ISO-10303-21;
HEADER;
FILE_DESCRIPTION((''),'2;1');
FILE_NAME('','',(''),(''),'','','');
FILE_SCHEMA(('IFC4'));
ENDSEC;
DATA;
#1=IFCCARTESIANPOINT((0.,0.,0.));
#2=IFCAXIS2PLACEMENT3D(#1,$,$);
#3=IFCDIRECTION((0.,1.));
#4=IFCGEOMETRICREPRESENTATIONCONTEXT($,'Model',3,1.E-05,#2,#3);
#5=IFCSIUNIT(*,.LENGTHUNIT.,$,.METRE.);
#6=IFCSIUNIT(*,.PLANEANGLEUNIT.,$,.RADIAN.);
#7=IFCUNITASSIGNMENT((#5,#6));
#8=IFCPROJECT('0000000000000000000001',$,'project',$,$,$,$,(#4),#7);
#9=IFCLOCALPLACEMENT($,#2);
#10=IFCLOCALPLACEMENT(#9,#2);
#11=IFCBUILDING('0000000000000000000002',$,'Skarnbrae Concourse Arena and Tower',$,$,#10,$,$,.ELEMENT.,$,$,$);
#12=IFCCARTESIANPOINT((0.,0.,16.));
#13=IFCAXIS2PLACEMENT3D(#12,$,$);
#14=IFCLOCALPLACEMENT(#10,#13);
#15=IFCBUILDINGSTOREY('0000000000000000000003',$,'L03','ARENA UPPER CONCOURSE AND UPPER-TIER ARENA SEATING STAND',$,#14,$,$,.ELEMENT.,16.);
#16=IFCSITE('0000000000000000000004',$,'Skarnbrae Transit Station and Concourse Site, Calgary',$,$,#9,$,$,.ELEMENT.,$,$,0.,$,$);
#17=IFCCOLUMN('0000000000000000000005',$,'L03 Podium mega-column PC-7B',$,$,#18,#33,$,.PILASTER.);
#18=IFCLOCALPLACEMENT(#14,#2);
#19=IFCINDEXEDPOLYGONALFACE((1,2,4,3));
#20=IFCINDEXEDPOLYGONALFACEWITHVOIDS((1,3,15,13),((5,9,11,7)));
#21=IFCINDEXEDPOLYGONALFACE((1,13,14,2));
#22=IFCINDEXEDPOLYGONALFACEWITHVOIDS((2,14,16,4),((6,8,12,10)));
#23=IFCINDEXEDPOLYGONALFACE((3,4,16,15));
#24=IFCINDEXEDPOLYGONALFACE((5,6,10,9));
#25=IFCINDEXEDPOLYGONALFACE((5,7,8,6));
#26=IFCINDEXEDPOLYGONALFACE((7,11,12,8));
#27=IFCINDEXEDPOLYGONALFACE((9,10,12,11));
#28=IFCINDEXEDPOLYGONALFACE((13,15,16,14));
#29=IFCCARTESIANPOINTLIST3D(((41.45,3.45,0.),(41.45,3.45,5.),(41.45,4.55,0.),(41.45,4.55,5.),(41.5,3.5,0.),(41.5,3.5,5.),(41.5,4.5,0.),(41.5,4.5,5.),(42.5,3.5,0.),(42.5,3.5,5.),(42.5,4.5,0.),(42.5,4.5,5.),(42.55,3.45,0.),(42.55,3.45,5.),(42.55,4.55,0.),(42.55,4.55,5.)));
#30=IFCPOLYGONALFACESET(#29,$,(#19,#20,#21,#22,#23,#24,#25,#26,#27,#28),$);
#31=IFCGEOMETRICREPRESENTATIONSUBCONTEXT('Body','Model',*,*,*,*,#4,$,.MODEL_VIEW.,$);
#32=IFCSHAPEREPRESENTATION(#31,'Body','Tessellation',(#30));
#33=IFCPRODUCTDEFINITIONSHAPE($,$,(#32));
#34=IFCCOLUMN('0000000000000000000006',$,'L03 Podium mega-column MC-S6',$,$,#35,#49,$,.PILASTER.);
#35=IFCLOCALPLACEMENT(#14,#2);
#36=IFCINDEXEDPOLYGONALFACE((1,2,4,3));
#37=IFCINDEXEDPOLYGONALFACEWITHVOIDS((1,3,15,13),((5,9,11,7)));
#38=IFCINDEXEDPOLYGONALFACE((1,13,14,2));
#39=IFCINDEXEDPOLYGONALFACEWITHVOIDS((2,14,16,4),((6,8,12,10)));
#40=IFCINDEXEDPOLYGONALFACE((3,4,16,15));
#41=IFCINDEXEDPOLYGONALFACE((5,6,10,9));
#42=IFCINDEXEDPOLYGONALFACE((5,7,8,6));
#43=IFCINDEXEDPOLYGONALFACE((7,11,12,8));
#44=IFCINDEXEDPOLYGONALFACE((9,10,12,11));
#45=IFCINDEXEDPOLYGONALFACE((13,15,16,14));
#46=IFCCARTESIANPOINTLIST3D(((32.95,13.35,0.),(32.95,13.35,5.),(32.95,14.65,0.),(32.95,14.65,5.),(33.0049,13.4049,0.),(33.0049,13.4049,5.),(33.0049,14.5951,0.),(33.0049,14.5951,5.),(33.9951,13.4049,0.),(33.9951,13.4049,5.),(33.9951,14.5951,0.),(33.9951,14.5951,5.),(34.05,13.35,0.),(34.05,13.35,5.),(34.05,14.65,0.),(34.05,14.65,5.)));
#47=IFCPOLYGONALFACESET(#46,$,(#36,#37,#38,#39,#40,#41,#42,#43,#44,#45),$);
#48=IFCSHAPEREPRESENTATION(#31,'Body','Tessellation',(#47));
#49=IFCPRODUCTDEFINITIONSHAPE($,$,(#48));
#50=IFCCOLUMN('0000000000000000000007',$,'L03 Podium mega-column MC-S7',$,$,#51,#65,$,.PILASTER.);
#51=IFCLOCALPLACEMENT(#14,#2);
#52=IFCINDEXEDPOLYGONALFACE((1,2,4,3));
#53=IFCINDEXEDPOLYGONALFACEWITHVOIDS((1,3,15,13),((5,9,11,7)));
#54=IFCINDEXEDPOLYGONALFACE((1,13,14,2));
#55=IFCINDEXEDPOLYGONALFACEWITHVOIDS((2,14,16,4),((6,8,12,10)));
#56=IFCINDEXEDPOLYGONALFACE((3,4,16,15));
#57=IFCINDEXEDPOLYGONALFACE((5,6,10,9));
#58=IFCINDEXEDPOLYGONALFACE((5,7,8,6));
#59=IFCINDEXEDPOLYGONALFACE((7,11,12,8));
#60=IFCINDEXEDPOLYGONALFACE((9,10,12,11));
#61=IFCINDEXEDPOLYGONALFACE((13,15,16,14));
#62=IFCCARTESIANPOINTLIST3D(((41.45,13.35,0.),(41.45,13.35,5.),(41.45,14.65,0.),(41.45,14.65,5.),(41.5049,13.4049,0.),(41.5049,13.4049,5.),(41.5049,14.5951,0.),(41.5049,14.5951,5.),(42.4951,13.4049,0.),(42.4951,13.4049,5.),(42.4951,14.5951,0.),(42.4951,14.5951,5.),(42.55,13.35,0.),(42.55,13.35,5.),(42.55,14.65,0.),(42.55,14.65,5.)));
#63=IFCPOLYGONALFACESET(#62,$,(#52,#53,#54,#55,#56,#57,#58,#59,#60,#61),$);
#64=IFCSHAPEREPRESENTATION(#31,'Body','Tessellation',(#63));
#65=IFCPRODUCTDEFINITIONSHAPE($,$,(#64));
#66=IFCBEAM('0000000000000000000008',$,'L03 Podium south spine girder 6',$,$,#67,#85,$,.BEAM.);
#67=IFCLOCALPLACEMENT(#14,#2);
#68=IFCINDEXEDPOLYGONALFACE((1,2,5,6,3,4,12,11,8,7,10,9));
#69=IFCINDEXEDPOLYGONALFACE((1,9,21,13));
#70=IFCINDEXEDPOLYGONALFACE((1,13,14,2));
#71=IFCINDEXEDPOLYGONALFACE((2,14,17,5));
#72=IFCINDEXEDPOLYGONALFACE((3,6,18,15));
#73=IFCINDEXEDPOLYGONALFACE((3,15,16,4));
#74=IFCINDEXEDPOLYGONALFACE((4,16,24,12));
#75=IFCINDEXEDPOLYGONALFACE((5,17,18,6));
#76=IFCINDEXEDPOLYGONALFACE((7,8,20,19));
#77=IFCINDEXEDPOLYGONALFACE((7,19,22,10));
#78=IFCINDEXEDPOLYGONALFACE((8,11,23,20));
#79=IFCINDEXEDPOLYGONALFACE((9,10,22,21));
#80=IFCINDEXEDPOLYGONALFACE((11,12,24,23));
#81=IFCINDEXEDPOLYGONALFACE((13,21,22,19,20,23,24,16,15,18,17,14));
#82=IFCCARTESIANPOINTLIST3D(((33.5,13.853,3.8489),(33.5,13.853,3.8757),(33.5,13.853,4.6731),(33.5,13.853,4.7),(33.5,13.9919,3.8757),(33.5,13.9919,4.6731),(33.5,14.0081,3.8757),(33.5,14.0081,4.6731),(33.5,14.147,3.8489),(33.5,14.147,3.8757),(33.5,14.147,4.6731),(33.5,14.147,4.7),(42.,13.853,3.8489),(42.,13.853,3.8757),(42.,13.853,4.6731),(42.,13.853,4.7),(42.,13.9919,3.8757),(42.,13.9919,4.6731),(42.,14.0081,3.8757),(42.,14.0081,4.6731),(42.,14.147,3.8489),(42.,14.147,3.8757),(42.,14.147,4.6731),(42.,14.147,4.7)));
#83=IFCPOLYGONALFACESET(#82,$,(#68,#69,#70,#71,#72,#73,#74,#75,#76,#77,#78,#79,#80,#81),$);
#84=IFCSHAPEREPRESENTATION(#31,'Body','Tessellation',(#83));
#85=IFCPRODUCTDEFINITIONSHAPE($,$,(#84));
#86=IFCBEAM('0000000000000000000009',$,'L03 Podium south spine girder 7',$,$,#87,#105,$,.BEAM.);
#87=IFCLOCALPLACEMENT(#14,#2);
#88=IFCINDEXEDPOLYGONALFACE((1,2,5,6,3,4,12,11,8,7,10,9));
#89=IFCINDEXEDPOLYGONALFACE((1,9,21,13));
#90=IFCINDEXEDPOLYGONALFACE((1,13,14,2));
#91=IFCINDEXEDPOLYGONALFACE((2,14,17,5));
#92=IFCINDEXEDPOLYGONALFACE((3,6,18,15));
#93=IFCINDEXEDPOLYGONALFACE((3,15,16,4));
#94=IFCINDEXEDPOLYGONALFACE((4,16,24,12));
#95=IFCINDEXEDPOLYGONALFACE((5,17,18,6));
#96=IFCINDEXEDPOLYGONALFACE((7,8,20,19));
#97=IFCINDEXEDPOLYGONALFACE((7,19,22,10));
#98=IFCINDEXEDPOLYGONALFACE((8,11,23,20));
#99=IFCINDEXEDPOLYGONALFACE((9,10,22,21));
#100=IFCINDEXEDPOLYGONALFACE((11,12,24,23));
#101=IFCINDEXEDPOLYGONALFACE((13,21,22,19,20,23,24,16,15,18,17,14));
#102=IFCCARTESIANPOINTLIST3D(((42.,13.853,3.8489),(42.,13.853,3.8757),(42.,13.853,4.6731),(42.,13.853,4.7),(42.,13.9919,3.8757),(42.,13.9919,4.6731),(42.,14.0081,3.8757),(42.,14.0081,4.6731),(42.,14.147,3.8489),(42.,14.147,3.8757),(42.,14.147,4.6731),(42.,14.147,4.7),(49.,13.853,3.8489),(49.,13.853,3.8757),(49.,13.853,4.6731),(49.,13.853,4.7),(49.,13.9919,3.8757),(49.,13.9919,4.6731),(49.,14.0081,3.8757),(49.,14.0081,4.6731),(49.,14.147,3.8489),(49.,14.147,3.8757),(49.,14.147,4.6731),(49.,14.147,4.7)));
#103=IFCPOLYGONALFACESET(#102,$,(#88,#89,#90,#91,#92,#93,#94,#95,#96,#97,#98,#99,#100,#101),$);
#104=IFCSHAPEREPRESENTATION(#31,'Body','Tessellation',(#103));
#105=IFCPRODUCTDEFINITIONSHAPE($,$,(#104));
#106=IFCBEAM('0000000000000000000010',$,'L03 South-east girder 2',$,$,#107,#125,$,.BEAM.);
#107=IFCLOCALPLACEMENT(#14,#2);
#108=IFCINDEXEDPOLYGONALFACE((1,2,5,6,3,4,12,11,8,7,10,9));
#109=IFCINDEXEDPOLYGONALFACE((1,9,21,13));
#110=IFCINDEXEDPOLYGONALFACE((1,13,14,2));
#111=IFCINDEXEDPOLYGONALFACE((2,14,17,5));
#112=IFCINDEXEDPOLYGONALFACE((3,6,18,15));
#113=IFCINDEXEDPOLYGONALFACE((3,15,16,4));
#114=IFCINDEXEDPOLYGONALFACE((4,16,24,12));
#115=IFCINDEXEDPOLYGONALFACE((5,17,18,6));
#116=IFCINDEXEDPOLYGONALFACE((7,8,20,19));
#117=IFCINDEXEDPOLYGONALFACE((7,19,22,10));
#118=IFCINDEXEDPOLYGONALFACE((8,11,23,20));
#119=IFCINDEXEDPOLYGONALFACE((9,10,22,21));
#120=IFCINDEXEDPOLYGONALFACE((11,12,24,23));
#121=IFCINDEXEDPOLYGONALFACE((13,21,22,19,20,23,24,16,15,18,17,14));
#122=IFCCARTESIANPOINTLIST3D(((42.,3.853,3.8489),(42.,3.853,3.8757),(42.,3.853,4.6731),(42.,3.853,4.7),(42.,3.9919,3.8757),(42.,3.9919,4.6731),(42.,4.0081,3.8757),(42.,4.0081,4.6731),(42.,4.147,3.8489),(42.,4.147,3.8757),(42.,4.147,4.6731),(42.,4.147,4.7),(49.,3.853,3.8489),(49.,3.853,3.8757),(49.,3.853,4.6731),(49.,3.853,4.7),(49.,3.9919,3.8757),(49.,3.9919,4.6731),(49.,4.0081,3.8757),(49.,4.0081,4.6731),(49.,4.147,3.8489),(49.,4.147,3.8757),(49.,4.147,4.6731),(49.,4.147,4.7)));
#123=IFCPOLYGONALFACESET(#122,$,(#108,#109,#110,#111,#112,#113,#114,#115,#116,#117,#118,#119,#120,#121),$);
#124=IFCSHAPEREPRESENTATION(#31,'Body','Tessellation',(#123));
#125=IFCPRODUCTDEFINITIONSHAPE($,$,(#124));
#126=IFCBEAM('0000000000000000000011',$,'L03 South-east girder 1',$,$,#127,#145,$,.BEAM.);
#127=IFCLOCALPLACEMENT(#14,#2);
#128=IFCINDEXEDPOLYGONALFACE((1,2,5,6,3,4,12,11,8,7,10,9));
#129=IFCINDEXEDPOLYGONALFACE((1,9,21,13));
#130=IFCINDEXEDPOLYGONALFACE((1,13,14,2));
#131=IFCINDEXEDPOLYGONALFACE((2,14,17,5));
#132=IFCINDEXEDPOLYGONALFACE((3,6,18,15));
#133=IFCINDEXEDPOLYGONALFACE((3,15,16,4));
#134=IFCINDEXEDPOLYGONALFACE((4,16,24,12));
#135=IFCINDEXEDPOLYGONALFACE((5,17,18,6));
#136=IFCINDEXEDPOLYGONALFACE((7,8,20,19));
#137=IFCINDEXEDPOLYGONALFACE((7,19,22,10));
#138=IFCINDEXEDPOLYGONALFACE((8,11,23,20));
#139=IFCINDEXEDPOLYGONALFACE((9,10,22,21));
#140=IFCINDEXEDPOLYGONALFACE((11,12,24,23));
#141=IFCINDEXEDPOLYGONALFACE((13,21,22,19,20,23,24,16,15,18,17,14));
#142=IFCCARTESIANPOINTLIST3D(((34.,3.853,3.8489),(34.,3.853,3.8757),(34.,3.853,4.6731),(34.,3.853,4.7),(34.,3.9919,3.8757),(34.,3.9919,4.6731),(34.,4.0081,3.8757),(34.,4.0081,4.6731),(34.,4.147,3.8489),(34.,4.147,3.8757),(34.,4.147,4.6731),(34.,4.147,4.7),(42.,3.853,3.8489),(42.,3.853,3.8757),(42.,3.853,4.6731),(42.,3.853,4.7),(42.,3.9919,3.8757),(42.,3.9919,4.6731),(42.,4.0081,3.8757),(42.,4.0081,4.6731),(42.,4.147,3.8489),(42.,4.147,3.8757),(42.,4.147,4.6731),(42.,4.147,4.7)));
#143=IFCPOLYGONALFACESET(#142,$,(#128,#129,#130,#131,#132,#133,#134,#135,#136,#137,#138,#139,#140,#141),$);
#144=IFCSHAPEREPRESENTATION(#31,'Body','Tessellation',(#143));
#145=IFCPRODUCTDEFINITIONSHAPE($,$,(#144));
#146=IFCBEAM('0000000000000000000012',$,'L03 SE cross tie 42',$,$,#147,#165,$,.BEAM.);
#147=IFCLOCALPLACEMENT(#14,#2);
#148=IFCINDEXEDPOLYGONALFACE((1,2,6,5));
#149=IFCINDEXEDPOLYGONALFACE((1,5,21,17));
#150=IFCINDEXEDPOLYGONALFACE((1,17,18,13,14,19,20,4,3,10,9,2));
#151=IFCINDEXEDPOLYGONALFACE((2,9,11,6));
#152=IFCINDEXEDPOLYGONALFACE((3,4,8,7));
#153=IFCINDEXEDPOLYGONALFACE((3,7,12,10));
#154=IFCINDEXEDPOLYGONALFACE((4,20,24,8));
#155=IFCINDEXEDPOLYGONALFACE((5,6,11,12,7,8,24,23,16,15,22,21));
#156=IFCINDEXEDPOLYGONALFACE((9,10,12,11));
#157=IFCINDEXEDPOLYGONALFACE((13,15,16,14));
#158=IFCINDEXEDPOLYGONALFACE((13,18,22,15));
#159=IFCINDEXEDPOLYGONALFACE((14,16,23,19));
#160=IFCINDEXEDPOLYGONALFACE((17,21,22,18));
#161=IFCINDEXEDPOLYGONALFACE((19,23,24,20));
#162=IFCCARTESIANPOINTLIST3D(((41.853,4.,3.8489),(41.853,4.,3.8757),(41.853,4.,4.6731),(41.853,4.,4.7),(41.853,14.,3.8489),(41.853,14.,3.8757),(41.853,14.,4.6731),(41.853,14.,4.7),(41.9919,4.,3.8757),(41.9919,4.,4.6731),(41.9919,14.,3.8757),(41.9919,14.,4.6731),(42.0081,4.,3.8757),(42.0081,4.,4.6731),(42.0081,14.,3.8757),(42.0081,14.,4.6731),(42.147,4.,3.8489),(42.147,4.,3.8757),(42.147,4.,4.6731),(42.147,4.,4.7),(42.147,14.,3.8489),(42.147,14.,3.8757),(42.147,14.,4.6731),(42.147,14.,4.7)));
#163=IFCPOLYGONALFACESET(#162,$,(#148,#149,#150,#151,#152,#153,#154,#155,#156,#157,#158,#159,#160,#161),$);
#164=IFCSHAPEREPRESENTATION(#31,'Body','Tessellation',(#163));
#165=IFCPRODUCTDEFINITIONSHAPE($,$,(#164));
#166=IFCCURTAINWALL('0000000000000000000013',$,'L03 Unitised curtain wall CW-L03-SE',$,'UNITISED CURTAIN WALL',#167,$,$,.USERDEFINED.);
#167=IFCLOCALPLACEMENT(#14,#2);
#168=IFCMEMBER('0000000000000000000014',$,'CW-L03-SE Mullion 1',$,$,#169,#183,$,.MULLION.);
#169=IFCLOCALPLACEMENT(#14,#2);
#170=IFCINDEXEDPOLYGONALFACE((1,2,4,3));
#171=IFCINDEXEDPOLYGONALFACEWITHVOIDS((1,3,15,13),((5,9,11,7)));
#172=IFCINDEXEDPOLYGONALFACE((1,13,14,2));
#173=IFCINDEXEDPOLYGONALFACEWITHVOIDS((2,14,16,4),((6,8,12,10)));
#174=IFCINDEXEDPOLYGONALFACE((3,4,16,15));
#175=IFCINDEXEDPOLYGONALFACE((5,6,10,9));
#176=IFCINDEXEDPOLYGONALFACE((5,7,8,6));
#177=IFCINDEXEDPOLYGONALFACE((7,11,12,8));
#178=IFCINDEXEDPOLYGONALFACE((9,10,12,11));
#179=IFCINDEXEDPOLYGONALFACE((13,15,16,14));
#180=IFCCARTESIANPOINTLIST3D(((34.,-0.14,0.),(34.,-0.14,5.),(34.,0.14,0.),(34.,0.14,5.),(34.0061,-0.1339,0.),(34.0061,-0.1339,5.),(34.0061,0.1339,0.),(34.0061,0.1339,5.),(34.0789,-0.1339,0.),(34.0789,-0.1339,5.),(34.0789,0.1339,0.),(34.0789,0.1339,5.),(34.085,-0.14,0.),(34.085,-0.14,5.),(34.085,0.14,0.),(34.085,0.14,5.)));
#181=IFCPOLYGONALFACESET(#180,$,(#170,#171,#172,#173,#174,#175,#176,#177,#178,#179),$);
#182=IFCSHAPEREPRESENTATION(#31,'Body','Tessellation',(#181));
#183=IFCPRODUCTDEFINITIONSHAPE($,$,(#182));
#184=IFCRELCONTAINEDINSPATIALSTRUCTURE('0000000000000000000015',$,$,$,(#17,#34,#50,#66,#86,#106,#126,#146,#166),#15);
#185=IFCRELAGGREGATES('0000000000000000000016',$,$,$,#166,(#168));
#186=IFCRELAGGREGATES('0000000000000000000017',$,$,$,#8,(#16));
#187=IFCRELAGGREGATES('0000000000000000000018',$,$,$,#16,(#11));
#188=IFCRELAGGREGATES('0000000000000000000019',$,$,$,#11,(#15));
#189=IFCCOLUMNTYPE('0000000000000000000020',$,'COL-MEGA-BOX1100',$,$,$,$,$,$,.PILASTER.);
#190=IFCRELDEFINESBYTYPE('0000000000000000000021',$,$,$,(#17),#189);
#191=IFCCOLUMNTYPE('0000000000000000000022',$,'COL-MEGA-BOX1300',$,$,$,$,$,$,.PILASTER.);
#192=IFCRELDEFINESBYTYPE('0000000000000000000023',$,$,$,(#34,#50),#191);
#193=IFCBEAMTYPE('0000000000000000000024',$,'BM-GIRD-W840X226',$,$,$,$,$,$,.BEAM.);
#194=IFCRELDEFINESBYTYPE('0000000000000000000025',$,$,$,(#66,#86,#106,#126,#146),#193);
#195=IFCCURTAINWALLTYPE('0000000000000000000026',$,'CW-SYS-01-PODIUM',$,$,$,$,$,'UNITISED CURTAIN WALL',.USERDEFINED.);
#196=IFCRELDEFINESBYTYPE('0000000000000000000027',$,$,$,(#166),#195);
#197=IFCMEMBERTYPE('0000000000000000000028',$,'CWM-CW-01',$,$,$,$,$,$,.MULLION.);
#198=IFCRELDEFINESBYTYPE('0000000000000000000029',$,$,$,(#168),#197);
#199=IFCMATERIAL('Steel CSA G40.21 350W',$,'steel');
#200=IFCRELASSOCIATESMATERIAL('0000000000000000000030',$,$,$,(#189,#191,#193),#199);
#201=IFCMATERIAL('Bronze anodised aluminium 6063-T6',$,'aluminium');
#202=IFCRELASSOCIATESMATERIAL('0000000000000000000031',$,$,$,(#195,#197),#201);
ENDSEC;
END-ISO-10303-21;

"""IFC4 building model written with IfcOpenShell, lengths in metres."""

from ifc_helpers import new_model, si_unit, direction, frame, origin, origin_2d, place, context, subcontext, project, spatial, hollow_rectangle, i_section, extrude, source, transform, mapped, material, material_profile, profile_set, type_object, element, aggregate, save


model = new_model("IFC4")

# Units and contexts
model_context = context("Model", 3, precision=1e-05, world=origin(), true_north=direction((0.0, 1.0)))
body_context = subcontext(model_context, "Body", "Model", "MODEL_VIEW")
ifc_project = project(units=[si_unit("LENGTHUNIT", "METRE"), si_unit("PLANEANGLEUNIT", "RADIAN")], contexts=[model_context])

# Site, building, storey
site_placement = place(None, origin())
site = spatial("IfcSite", under=ifc_project, at=site_placement, Name="Skarnbrae Transit Station and Concourse Site, Calgary", CompositionType="ELEMENT", RefElevation=0.0)
building_placement = place(site_placement, origin())
building = spatial("IfcBuilding", under=site, at=building_placement, Name="Skarnbrae Concourse Arena and Tower", CompositionType="ELEMENT")
storey_placement = place(building_placement, frame((0.0, 0.0, 16.0)))
storey = spatial("IfcBuildingStorey", under=building, at=storey_placement, Name="L03", Description="ARENA UPPER CONCOURSE AND UPPER-TIER ARENA SEATING STAND", CompositionType="ELEMENT", Elevation=16.0)

# Columns
ifc_material_1 = material(Name="Steel CSA G40.21 350W", Category="steel")
ifc_material_profile_1 = material_profile(ifc_material_1, hollow_rectangle(XDim=1.1001, YDim=1.1001, WallThickness=0.05, at=origin_2d()), Name="BOX1100X1100X50")
ifc_profile_set_1 = profile_set([ifc_material_profile_1], Name="Steel CSA G40.21 350W")
column_type_1 = type_object("IfcColumnType", Name="COL-MEGA-BOX1100", PredefinedType="PILASTER", material=ifc_profile_set_1)
shared_shape_1 = source(origin(), body_context, "Body", "SweptSolid", [
    extrude(hollow_rectangle(XDim=1.1001, YDim=1.1001, WallThickness=0.05, at=origin_2d()), origin(), (0.0, 0.0, 1.0), 5.0),
])
column_placement = place(storey_placement, frame((42.0, 4.0, 0.0), z_axis=(0.0, 0.0, 1.0), x_axis=(1.0, 0.0, 0.0)))
element("IfcColumn", 1, at=column_placement, inside=storey, type_object=column_type_1, Name="L03 Podium mega-column PC-7B", PredefinedType="PILASTER", context=body_context, shape_type="MappedRepresentation", body=[
    mapped(shared_shape_1, transform((0.0, 0.0, 0.0))),
])
ifc_material_profile_2 = material_profile(ifc_material_1, hollow_rectangle(XDim=1.1001, YDim=1.3, WallThickness=0.0549, at=origin_2d()), Name="BOX1300X1100X55")
ifc_profile_set_2 = profile_set([ifc_material_profile_2], Name="Steel CSA G40.21 350W")
column_type_2 = type_object("IfcColumnType", Name="COL-MEGA-BOX1300", PredefinedType="PILASTER", material=ifc_profile_set_2)
shared_shape_2 = source(origin(), body_context, "Body", "SweptSolid", [
    extrude(hollow_rectangle(XDim=1.1001, YDim=1.3, WallThickness=0.0549, at=origin_2d()), origin(), (0.0, 0.0, 1.0), 5.0),
])
for number, where, z_axis, x_axis, name in (
    (2, (33.5, 14.0, 0.0), (0.0, 0.0, 1.0), (1.0, 0.0, 0.0), "L03 Podium mega-column MC-S6"),
    (3, (42.0, 14.0, 0.0), (0.0, 0.0, 1.0), (1.0, 0.0, 0.0), "L03 Podium mega-column MC-S7"),
):
    element("IfcColumn", number, at=place(storey_placement, frame(where, z_axis=z_axis, x_axis=x_axis)), inside=storey, type_object=column_type_2, Name=name, PredefinedType="PILASTER", context=body_context, shape_type="MappedRepresentation", body=[
        mapped(shared_shape_2, transform((0.0, 0.0, 0.0))),
    ])

# Beams
ifc_material_profile_3 = material_profile(ifc_material_1, i_section(OverallWidth=0.2939, OverallDepth=0.8511, WebThickness=0.0161, FlangeThickness=0.0269, at=origin_2d()), Name="W840X226")
ifc_profile_set_3 = profile_set([ifc_material_profile_3], Name="Steel CSA G40.21 350W")
beam_type = type_object("IfcBeamType", Name="BM-GIRD-W840X226", PredefinedType="BEAM", material=ifc_profile_set_3)
shared_shape_3 = source(origin(), body_context, "Body", "SweptSolid", [
    extrude(i_section(OverallWidth=0.2939, OverallDepth=0.8511, WebThickness=0.0161, FlangeThickness=0.0269, at=origin_2d()), origin(), (0.0, 0.0, 1.0), 8.5),
])
beam_1_placement = place(storey_placement, frame((33.5, 14.0, 4.2744), z_axis=(1.0, 0.0, 0.0), x_axis=(0.0, 1.0, 0.0)))
element("IfcBeam", 4, at=beam_1_placement, inside=storey, type_object=beam_type, Name="L03 Podium south spine girder 6", PredefinedType="BEAM", context=body_context, shape_type="MappedRepresentation", body=[
    mapped(shared_shape_3, transform((0.0, 0.0, 0.0))),
])
shared_shape_4 = source(origin(), body_context, "Body", "SweptSolid", [
    extrude(i_section(OverallWidth=0.2939, OverallDepth=0.8511, WebThickness=0.0161, FlangeThickness=0.0269, at=origin_2d()), origin(), (0.0, 0.0, 1.0), 7.0),
])
for number, where, z_axis, x_axis, name in (
    (5, (42.0, 14.0, 4.2744), (1.0, 0.0, 0.0), (0.0, 1.0, 0.0), "L03 Podium south spine girder 7"),
    (6, (42.0, 4.0, 4.2744), (1.0, 0.0, 0.0), (0.0, 1.0, 0.0), "L03 South-east girder 2"),
):
    element("IfcBeam", number, at=place(storey_placement, frame(where, z_axis=z_axis, x_axis=x_axis)), inside=storey, type_object=beam_type, Name=name, PredefinedType="BEAM", context=body_context, shape_type="MappedRepresentation", body=[
        mapped(shared_shape_4, transform((0.0, 0.0, 0.0))),
    ])
shared_shape_5 = source(origin(), body_context, "Body", "SweptSolid", [
    extrude(i_section(OverallWidth=0.2939, OverallDepth=0.8511, WebThickness=0.0161, FlangeThickness=0.0269, at=origin_2d()), origin(), (0.0, 0.0, 1.0), 8.0),
])
beam_2_placement = place(storey_placement, frame((34.0, 4.0, 4.2744), z_axis=(1.0, 0.0, 0.0), x_axis=(0.0, 1.0, 0.0)))
element("IfcBeam", 7, at=beam_2_placement, inside=storey, type_object=beam_type, Name="L03 South-east girder 1", PredefinedType="BEAM", context=body_context, shape_type="MappedRepresentation", body=[
    mapped(shared_shape_5, transform((0.0, 0.0, 0.0))),
])
shared_shape_6 = source(origin(), body_context, "Body", "SweptSolid", [
    extrude(i_section(OverallWidth=0.2939, OverallDepth=0.8511, WebThickness=0.0161, FlangeThickness=0.0269, at=origin_2d()), origin(), (0.0, 0.0, 1.0), 10.0),
])
beam_3_placement = place(storey_placement, frame((42.0, 4.0, 4.2744), z_axis=(0.0, 1.0, 0.0), x_axis=(-1.0, 0.0, 0.0)))
element("IfcBeam", 8, at=beam_3_placement, inside=storey, type_object=beam_type, Name="L03 SE cross tie 42", PredefinedType="BEAM", context=body_context, shape_type="MappedRepresentation", body=[
    mapped(shared_shape_6, transform((0.0, 0.0, 0.0))),
])

# Curtain wall, member
ifc_material_2 = material(Name="Bronze anodised aluminium 6063-T6", Category="aluminium")
curtain_wall_type = type_object("IfcCurtainWallType", Name="CW-SYS-01-PODIUM", ElementType="UNITISED CURTAIN WALL", PredefinedType="USERDEFINED", material=ifc_material_2)
curtain_wall_placement = place(storey_placement, origin())
curtain_wall = element("IfcCurtainWall", 9, at=curtain_wall_placement, inside=storey, type_object=curtain_wall_type, Name="L03 Unitised curtain wall CW-L03-SE", ObjectType="UNITISED CURTAIN WALL", PredefinedType="USERDEFINED")
ifc_material_profile_4 = material_profile(ifc_material_2, hollow_rectangle(XDim=0.085, YDim=0.28, WallThickness=0.0061, at=origin_2d()), Name="ALU-MULL-85X280")
ifc_profile_set_4 = profile_set([ifc_material_profile_4], Name="Bronze anodised aluminium 6063-T6")
member_type_1 = type_object("IfcMemberType", Name="CWM-CW-01", PredefinedType="MULLION", material=ifc_profile_set_4)
shared_shape_7 = source(origin(), body_context, "Body", "SweptSolid", [
    extrude(hollow_rectangle(XDim=0.085, YDim=0.28, WallThickness=0.0061, at=origin_2d()), origin(), (0.0, 0.0, 1.0), 5.0),
])
member_1_placement = place(storey_placement, frame((34.0425, 0.0, 0.0), z_axis=(0.0, 0.0, 1.0), x_axis=(1.0, 0.0, 0.0)))
member_1 = element("IfcMember", 10, at=member_1_placement, type_object=member_type_1, Name="CW-L03-SE Mullion 1", PredefinedType="MULLION", context=body_context, shape_type="MappedRepresentation", body=[
    mapped(shared_shape_7, transform((0.0, 0.0, 0.0))),
])
aggregate(curtain_wall, [member_1])

save(model, "model.ifc")
